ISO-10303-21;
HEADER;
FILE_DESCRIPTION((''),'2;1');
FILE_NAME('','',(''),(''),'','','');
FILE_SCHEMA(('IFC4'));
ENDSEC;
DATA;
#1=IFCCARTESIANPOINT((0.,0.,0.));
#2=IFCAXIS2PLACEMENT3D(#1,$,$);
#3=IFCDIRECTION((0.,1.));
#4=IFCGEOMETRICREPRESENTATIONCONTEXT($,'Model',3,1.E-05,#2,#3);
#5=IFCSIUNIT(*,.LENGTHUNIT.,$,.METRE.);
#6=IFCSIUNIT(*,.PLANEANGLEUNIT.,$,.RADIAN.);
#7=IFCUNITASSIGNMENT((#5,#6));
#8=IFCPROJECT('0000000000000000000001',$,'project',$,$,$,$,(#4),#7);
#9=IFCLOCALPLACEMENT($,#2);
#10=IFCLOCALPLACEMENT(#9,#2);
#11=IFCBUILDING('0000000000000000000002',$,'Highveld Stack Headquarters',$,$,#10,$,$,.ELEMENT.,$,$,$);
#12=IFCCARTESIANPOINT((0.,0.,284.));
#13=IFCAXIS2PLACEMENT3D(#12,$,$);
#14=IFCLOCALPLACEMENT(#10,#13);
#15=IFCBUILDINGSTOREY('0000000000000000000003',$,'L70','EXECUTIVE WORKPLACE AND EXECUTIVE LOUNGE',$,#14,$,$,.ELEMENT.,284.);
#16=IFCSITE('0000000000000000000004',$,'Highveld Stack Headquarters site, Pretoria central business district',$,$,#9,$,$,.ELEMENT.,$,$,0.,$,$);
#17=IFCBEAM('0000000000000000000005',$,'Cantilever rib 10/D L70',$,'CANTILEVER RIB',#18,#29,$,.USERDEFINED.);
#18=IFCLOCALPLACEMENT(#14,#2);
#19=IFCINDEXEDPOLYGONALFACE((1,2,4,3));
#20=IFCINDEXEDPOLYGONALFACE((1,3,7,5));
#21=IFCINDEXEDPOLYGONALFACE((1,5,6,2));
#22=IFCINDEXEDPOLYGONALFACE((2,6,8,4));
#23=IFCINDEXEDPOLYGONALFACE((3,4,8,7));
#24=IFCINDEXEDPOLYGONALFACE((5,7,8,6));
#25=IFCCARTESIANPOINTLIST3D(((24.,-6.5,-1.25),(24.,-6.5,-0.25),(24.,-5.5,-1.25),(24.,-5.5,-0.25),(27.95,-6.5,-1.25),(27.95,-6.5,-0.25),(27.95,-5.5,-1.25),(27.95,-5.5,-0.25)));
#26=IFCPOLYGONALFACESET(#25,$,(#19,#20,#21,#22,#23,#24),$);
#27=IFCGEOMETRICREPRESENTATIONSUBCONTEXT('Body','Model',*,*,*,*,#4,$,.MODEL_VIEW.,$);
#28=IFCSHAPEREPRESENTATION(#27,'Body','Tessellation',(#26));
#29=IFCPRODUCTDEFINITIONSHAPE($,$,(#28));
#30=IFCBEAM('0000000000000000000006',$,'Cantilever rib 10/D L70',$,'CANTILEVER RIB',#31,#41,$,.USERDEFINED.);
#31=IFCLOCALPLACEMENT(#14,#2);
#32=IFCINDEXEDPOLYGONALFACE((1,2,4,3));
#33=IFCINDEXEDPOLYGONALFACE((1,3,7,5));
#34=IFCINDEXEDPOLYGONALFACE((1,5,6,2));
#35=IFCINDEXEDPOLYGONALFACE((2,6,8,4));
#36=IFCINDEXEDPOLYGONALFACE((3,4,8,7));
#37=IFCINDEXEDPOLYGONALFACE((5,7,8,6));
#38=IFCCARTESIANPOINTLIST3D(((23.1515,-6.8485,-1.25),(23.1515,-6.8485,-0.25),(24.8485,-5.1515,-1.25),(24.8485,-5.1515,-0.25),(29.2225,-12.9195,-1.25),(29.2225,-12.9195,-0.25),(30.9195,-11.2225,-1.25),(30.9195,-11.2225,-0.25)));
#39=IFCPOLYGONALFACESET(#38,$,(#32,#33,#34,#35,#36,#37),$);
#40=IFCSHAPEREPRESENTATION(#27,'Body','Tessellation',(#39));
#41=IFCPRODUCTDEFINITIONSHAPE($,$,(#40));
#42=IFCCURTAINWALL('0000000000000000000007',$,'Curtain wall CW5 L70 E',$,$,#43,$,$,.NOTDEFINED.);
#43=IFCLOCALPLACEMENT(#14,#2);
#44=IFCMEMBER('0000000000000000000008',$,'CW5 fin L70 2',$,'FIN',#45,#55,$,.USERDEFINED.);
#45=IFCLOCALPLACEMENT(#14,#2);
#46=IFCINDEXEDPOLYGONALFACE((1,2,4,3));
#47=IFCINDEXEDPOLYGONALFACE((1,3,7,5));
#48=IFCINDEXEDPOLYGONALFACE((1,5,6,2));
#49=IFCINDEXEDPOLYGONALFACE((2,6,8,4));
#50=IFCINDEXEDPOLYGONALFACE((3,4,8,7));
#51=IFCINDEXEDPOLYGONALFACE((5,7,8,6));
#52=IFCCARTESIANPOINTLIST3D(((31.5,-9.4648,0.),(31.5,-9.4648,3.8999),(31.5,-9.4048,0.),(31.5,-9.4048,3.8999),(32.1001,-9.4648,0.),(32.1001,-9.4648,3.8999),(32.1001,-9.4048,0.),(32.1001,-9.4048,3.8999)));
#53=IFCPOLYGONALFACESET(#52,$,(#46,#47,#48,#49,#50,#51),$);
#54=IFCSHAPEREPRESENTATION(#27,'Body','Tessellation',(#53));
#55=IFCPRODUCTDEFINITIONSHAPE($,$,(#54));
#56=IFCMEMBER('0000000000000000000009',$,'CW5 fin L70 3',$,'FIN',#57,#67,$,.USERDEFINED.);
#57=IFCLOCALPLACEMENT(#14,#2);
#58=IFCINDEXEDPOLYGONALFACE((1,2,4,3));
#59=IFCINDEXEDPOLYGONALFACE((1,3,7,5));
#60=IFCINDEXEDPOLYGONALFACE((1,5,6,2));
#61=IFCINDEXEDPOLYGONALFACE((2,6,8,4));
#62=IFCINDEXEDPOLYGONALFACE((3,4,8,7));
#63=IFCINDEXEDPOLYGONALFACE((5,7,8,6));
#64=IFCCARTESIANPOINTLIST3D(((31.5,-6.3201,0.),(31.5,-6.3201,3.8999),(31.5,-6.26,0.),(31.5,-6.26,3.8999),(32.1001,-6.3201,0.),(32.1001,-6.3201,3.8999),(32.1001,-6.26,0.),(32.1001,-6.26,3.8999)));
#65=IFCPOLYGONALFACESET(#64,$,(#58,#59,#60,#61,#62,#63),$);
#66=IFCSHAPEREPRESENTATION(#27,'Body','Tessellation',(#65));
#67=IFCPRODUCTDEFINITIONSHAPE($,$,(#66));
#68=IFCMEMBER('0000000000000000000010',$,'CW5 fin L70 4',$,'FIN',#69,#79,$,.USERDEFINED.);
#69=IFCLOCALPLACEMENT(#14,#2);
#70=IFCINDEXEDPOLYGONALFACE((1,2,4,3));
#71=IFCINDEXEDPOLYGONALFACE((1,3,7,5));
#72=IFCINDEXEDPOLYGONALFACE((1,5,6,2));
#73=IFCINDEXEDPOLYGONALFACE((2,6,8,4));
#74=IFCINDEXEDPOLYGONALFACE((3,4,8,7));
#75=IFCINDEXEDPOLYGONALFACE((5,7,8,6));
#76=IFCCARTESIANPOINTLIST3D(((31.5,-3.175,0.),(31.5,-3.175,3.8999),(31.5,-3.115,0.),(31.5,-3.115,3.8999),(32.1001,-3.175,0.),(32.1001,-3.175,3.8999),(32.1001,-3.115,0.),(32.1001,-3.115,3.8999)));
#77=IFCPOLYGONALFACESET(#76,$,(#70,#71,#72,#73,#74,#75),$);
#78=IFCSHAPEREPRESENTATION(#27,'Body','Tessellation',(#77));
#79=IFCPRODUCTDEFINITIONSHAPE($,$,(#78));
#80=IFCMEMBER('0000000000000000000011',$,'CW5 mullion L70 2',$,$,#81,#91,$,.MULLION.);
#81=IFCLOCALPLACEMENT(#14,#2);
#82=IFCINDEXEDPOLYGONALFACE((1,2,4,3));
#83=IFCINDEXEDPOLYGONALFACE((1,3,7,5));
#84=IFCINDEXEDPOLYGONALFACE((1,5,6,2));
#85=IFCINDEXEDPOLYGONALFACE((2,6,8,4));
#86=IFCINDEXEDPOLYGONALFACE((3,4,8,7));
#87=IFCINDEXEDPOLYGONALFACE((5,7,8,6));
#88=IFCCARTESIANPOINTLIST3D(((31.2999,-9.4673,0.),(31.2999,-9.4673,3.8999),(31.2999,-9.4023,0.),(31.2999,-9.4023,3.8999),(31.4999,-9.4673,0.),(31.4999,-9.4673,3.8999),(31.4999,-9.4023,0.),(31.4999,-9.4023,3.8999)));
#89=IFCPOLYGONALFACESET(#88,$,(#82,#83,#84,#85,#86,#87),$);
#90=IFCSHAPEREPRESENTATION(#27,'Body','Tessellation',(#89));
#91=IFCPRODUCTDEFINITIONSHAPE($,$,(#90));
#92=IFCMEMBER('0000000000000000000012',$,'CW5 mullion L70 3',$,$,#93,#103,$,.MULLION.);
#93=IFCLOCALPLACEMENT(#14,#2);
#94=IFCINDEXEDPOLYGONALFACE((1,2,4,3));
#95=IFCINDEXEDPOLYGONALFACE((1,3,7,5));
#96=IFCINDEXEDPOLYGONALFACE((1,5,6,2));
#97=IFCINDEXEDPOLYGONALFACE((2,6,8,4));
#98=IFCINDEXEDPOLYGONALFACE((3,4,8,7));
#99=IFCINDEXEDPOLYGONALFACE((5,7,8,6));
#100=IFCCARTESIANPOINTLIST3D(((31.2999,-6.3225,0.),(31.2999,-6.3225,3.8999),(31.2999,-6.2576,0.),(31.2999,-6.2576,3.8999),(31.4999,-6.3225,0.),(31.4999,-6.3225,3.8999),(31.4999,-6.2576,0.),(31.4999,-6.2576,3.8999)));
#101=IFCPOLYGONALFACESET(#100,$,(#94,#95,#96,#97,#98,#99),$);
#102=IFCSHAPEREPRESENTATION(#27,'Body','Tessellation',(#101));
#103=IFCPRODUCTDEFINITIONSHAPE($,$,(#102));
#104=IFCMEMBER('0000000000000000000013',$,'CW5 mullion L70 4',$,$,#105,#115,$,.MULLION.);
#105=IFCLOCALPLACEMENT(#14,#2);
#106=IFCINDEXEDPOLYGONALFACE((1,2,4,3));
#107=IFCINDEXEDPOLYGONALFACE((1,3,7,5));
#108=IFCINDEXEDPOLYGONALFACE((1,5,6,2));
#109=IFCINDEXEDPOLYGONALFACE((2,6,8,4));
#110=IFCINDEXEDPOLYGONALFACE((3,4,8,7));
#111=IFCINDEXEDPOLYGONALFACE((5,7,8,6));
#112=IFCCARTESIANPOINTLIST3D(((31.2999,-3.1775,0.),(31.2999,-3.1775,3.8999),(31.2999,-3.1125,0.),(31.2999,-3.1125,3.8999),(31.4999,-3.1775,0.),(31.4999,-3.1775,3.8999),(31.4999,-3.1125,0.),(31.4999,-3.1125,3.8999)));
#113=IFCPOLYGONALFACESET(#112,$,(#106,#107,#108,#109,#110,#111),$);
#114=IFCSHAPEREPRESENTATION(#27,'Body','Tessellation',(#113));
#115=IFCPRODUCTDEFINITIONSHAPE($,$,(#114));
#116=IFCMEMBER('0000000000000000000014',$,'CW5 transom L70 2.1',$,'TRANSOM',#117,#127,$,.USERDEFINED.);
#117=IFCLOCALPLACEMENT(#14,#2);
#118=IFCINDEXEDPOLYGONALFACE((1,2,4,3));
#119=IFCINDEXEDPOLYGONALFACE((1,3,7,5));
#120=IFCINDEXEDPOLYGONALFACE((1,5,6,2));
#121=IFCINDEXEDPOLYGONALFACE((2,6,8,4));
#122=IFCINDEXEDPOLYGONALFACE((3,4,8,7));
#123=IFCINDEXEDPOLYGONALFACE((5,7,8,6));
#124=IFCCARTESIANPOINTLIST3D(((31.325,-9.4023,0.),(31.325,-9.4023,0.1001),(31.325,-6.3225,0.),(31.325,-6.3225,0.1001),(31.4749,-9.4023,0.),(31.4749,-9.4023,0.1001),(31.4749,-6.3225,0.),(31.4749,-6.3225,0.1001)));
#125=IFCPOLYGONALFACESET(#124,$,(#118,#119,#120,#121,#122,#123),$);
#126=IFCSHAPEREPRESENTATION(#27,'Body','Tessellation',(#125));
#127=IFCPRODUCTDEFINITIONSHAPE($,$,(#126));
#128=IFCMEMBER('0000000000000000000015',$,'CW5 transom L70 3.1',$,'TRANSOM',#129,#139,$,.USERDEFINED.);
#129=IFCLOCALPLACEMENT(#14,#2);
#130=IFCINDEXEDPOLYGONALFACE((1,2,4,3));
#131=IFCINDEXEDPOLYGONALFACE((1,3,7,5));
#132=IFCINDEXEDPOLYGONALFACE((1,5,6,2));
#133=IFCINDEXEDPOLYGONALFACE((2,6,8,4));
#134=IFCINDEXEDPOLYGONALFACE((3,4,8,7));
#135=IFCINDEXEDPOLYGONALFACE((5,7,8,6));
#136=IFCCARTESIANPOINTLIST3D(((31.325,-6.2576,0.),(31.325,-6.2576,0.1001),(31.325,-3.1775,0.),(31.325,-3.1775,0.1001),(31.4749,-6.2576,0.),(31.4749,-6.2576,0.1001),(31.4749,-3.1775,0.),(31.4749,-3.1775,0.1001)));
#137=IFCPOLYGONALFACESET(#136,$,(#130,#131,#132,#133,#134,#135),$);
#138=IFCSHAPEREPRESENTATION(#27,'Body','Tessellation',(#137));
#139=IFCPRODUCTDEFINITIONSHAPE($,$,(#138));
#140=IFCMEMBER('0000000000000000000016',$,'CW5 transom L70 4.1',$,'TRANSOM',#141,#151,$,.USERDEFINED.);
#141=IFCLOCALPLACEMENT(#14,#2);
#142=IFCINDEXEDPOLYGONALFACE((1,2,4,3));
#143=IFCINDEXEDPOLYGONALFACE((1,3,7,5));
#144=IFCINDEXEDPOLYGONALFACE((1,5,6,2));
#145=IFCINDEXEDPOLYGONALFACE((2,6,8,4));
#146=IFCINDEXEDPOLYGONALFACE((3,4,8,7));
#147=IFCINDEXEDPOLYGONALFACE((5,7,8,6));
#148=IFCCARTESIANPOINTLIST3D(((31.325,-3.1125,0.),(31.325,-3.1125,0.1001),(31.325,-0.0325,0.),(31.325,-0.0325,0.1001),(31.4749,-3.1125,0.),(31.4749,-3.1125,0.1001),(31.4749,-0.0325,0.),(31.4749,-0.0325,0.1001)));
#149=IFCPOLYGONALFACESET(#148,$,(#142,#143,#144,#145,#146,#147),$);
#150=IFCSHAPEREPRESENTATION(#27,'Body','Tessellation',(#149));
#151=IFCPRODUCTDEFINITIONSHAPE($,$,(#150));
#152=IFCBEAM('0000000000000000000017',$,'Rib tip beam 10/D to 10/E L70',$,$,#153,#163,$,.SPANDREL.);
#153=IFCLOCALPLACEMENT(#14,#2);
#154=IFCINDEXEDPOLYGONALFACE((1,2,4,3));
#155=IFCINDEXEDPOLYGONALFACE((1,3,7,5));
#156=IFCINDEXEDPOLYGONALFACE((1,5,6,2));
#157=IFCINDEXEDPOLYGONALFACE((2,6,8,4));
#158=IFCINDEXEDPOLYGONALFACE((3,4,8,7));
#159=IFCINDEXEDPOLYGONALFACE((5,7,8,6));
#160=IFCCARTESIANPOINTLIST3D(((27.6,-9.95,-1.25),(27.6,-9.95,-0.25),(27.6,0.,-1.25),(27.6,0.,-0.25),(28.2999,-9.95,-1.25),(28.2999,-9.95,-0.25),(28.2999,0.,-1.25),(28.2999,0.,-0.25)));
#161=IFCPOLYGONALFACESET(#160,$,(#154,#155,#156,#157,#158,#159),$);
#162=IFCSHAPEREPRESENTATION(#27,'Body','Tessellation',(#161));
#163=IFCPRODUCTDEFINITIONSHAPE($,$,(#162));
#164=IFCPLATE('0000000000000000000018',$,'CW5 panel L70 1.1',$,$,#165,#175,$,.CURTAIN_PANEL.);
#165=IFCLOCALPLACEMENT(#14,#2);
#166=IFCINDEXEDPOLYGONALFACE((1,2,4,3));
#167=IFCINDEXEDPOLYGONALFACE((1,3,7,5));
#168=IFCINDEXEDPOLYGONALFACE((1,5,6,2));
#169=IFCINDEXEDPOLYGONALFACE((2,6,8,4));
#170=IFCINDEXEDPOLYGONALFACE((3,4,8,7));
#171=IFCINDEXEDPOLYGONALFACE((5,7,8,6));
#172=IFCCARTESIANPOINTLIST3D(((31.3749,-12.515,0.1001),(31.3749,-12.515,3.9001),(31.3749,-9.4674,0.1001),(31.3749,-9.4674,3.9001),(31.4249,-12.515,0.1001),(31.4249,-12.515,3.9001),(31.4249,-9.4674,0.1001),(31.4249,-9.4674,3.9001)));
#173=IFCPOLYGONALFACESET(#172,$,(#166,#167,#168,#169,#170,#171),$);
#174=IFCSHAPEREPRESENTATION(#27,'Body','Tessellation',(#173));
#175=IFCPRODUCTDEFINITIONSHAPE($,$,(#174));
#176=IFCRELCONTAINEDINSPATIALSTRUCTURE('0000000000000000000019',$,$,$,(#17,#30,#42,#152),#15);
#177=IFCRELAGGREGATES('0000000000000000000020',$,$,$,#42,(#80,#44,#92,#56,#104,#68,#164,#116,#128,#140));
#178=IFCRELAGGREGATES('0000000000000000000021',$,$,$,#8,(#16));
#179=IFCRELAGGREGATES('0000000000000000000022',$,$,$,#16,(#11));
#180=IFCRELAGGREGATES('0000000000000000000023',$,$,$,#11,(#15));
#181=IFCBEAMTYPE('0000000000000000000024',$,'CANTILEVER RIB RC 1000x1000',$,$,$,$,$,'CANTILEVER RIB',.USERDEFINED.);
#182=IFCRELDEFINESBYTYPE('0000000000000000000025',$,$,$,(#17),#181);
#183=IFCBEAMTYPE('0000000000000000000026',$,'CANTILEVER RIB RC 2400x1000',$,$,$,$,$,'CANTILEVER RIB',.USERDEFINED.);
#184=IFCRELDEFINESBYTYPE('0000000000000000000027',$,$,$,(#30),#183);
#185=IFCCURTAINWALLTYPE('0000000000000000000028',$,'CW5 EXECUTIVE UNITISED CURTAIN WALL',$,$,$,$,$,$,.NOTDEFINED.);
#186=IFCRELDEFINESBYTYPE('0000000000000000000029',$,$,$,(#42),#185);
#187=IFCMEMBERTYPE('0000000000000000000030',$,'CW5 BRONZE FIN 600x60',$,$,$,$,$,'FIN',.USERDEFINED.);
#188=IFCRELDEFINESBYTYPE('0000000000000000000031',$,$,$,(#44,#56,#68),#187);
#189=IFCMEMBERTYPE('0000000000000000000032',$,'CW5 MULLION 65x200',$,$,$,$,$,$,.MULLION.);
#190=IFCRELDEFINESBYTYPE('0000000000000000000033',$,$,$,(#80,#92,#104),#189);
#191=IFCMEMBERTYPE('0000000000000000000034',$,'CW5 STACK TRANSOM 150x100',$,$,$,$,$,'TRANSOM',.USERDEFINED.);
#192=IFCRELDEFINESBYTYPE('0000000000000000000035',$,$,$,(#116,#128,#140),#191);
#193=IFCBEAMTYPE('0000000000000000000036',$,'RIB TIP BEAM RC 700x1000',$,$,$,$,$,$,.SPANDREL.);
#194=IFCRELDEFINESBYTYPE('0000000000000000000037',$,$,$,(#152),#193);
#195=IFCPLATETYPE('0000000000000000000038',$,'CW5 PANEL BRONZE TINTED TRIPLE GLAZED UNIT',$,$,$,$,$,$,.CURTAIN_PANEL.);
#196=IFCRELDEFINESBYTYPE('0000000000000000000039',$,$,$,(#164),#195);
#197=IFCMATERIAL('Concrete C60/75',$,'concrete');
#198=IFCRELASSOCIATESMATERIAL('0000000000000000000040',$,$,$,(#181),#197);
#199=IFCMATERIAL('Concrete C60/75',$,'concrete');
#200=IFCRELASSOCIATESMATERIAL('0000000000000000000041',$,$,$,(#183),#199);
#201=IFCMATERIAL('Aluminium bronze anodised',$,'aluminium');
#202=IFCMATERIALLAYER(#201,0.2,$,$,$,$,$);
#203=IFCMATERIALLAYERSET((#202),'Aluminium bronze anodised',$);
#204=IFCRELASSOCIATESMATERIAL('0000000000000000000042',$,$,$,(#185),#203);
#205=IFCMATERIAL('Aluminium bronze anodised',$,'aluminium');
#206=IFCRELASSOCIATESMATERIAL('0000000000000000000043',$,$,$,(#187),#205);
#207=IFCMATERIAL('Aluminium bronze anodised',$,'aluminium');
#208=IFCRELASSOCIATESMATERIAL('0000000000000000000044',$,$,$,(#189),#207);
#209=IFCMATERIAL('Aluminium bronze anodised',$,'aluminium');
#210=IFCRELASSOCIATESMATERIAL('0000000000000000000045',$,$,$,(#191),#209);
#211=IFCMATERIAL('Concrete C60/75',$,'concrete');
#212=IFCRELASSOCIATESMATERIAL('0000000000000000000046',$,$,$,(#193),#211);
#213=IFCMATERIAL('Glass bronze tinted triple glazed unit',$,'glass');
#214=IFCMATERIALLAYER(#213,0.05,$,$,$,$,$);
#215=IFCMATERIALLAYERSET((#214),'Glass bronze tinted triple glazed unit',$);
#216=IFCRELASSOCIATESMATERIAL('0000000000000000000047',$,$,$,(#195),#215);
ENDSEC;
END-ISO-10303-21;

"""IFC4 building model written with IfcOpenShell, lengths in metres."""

from ifc_helpers import new_model, si_unit, direction, frame, origin, origin_2d, place, context, subcontext, project, spatial, rectangle, extrude, material, layer, layer_set, material_profile, profile_set, type_object, element, aggregate, save


model = new_model("IFC4")

# Units and contexts
model_context = context("Model", 3, precision=1e-05, world=origin(), true_north=direction((0.0, 1.0)))
body_context = subcontext(model_context, "Body", "Model", "MODEL_VIEW")
ifc_project = project(units=[si_unit("LENGTHUNIT", "METRE"), si_unit("PLANEANGLEUNIT", "RADIAN")], contexts=[model_context])

# Site, building, storey
site_placement = place(None, origin())
site = spatial("IfcSite", under=ifc_project, at=site_placement, Name="Highveld Stack Headquarters site, Pretoria central business district", CompositionType="ELEMENT", RefElevation=0.0)
building_placement = place(site_placement, origin())
building = spatial("IfcBuilding", under=site, at=building_placement, Name="Highveld Stack Headquarters", CompositionType="ELEMENT")
storey_placement = place(building_placement, frame((0.0, 0.0, 284.0)))
storey = spatial("IfcBuildingStorey", under=building, at=storey_placement, Name="L70", Description="EXECUTIVE WORKPLACE AND EXECUTIVE LOUNGE", CompositionType="ELEMENT", Elevation=284.0)

# Beams
ifc_material_1 = material(Name="Concrete C60/75", Category="concrete")
ifc_material_profile_1 = material_profile(ifc_material_1, rectangle(XDim=1.0, YDim=1.0, at=origin_2d()), Name="RC 1000x1000")
ifc_profile_set_1 = profile_set([ifc_material_profile_1], Name="Concrete C60/75")
beam_type_1 = type_object("IfcBeamType", Name="CANTILEVER RIB RC 1000x1000", ElementType="CANTILEVER RIB", PredefinedType="USERDEFINED", material=ifc_profile_set_1)
beam_1_placement = place(storey_placement, frame((24.0, -6.0, -0.75), z_axis=(1.0, 0.0, 0.0), x_axis=(0.0, 1.0, 0.0)))
element("IfcBeam", 1, at=beam_1_placement, inside=storey, type_object=beam_type_1, Name="Cantilever rib 10/D L70", ObjectType="CANTILEVER RIB", PredefinedType="USERDEFINED", context=body_context, shape_type="SweptSolid", body=[
    extrude(rectangle(XDim=1.0, YDim=1.0, at=origin_2d()), origin(), (0.0, 0.0, 1.0), 3.95),
])
ifc_material_2 = material(Name="Concrete C60/75", Category="concrete")
ifc_material_profile_2 = material_profile(ifc_material_2, rectangle(XDim=2.3999, YDim=1.0, at=origin_2d()), Name="RC 2400x1000")
ifc_profile_set_2 = profile_set([ifc_material_profile_2], Name="Concrete C60/75")
beam_type_2 = type_object("IfcBeamType", Name="CANTILEVER RIB RC 2400x1000", ElementType="CANTILEVER RIB", PredefinedType="USERDEFINED", material=ifc_profile_set_2)
beam_2_placement = place(storey_placement, frame((24.0, -6.0, -0.75), z_axis=(0.707107, -0.707107, 0.0), x_axis=(0.707107, 0.707107, 0.0)))
element("IfcBeam", 2, at=beam_2_placement, inside=storey, type_object=beam_type_2, Name="Cantilever rib 10/D L70", ObjectType="CANTILEVER RIB", PredefinedType="USERDEFINED", context=body_context, shape_type="SweptSolid", body=[
    extrude(rectangle(XDim=2.3999, YDim=1.0, at=origin_2d()), origin(), (0.0, 0.0, 1.0), 8.5857),
])

# Curtain wall, members
ifc_material_3 = material(Name="Aluminium bronze anodised", Category="aluminium")
ifc_layer_1 = layer(ifc_material_3, 0.2)
ifc_layer_set_1 = layer_set([ifc_layer_1], Name="Aluminium bronze anodised")
curtain_wall_type = type_object("IfcCurtainWallType", Name="CW5 EXECUTIVE UNITISED CURTAIN WALL", PredefinedType="NOTDEFINED", material=ifc_layer_set_1)
curtain_wall_placement = place(storey_placement, origin())
curtain_wall = element("IfcCurtainWall", 3, at=curtain_wall_placement, inside=storey, type_object=curtain_wall_type, Name="Curtain wall CW5 L70 E", PredefinedType="NOTDEFINED")
ifc_material_4 = material(Name="Aluminium bronze anodised", Category="aluminium")
ifc_material_profile_3 = material_profile(ifc_material_4, rectangle(XDim=0.6001, YDim=0.0601, at=origin_2d()), Name="FIN 600x60")
ifc_profile_set_3 = profile_set([ifc_material_profile_3], Name="Aluminium bronze anodised")
member_type_1 = type_object("IfcMemberType", Name="CW5 BRONZE FIN 600x60", ElementType="FIN", PredefinedType="USERDEFINED", material=ifc_profile_set_3)
member_1_placement = place(storey_placement, frame((31.8, -9.4348, 0.0), z_axis=(0.0, 0.0, 1.0), x_axis=(-1.0, 0.0, 0.0)))
member_1 = element("IfcMember", 4, at=member_1_placement, type_object=member_type_1, Name="CW5 fin L70 2", ObjectType="FIN", PredefinedType="USERDEFINED", context=body_context, shape_type="SweptSolid", body=[
    extrude(rectangle(XDim=0.6001, YDim=0.0601, at=origin_2d()), origin(), (0.0, 0.0, 1.0), 3.8999),
])
member_2_placement = place(storey_placement, frame((31.8, -6.29, 0.0), z_axis=(0.0, 0.0, 1.0), x_axis=(-1.0, 0.0, 0.0)))
member_2 = element("IfcMember", 5, at=member_2_placement, type_object=member_type_1, Name="CW5 fin L70 3", ObjectType="FIN", PredefinedType="USERDEFINED", context=body_context, shape_type="SweptSolid", body=[
    extrude(rectangle(XDim=0.6001, YDim=0.0601, at=origin_2d()), origin(), (0.0, 0.0, 1.0), 3.8999),
])
member_3_placement = place(storey_placement, frame((31.8, -3.145, 0.0), z_axis=(0.0, 0.0, 1.0), x_axis=(-1.0, 0.0, 0.0)))
member_3 = element("IfcMember", 6, at=member_3_placement, type_object=member_type_1, Name="CW5 fin L70 4", ObjectType="FIN", PredefinedType="USERDEFINED", context=body_context, shape_type="SweptSolid", body=[
    extrude(rectangle(XDim=0.6001, YDim=0.0601, at=origin_2d()), origin(), (0.0, 0.0, 1.0), 3.8999),
])
ifc_material_5 = material(Name="Aluminium bronze anodised", Category="aluminium")
ifc_material_profile_4 = material_profile(ifc_material_5, rectangle(XDim=0.2, YDim=0.0649, at=origin_2d()), Name="CW5 MULLION 65x200")
ifc_profile_set_4 = profile_set([ifc_material_profile_4], Name="Aluminium bronze anodised")
member_type_2 = type_object("IfcMemberType", Name="CW5 MULLION 65x200", PredefinedType="MULLION", material=ifc_profile_set_4)
member_4_placement = place(storey_placement, frame((31.3999, -9.4348, 0.0), z_axis=(0.0, 0.0, 1.0), x_axis=(-1.0, 0.0, 0.0)))
member_4 = element("IfcMember", 7, at=member_4_placement, type_object=member_type_2, Name="CW5 mullion L70 2", PredefinedType="MULLION", context=body_context, shape_type="SweptSolid", body=[
    extrude(rectangle(XDim=0.2, YDim=0.0649, at=origin_2d()), origin(), (0.0, 0.0, 1.0), 3.8999),
])
member_5_placement = place(storey_placement, frame((31.3999, -6.29, 0.0), z_axis=(0.0, 0.0, 1.0), x_axis=(-1.0, 0.0, 0.0)))
member_5 = element("IfcMember", 8, at=member_5_placement, type_object=member_type_2, Name="CW5 mullion L70 3", PredefinedType="MULLION", context=body_context, shape_type="SweptSolid", body=[
    extrude(rectangle(XDim=0.2, YDim=0.0649, at=origin_2d()), origin(), (0.0, 0.0, 1.0), 3.8999),
])
member_6_placement = place(storey_placement, frame((31.3999, -3.145, 0.0), z_axis=(0.0, 0.0, 1.0), x_axis=(-1.0, 0.0, 0.0)))
member_6 = element("IfcMember", 9, at=member_6_placement, type_object=member_type_2, Name="CW5 mullion L70 4", PredefinedType="MULLION", context=body_context, shape_type="SweptSolid", body=[
    extrude(rectangle(XDim=0.2, YDim=0.0649, at=origin_2d()), origin(), (0.0, 0.0, 1.0), 3.8999),
])
ifc_material_6 = material(Name="Aluminium bronze anodised", Category="aluminium")
ifc_material_profile_5 = material_profile(ifc_material_6, rectangle(XDim=0.1499, YDim=0.1001, at=origin_2d()), Name="CW5 TRANSOM 150x100")
ifc_profile_set_5 = profile_set([ifc_material_profile_5], Name="Aluminium bronze anodised")
member_type_3 = type_object("IfcMemberType", Name="CW5 STACK TRANSOM 150x100", ElementType="TRANSOM", PredefinedType="USERDEFINED", material=ifc_profile_set_5)
member_7_placement = place(storey_placement, frame((31.3999, -9.4023, 0.05), z_axis=(0.0, 1.0, 0.0), x_axis=(-1.0, 0.0, 0.0)))
member_7 = element("IfcMember", 10, at=member_7_placement, type_object=member_type_3, Name="CW5 transom L70 2.1", ObjectType="TRANSOM", PredefinedType="USERDEFINED", context=body_context, shape_type="SweptSolid", body=[
    extrude(rectangle(XDim=0.1499, YDim=0.1001, at=origin_2d()), origin(), (0.0, 0.0, 1.0), 3.0798),
])
member_8_placement = place(storey_placement, frame((31.3999, -6.2576, 0.05), z_axis=(0.0, 1.0, 0.0), x_axis=(-1.0, 0.0, 0.0)))
member_8 = element("IfcMember", 11, at=member_8_placement, type_object=member_type_3, Name="CW5 transom L70 3.1", ObjectType="TRANSOM", PredefinedType="USERDEFINED", context=body_context, shape_type="SweptSolid", body=[
    extrude(rectangle(XDim=0.1499, YDim=0.1001, at=origin_2d()), origin(), (0.0, 0.0, 1.0), 3.0801),
])
member_9_placement = place(storey_placement, frame((31.3999, -3.1125, 0.05), z_axis=(0.0, 1.0, 0.0), x_axis=(-1.0, 0.0, 0.0)))
member_9 = element("IfcMember", 12, at=member_9_placement, type_object=member_type_3, Name="CW5 transom L70 4.1", ObjectType="TRANSOM", PredefinedType="USERDEFINED", context=body_context, shape_type="SweptSolid", body=[
    extrude(rectangle(XDim=0.1499, YDim=0.1001, at=origin_2d()), origin(), (0.0, 0.0, 1.0), 3.0801),
])

# Beam
ifc_material_7 = material(Name="Concrete C60/75", Category="concrete")
ifc_material_profile_6 = material_profile(ifc_material_7, rectangle(XDim=0.7, YDim=1.0, at=origin_2d()), Name="RC 700x1000")
ifc_profile_set_6 = profile_set([ifc_material_profile_6], Name="Concrete C60/75")
beam_type_3 = type_object("IfcBeamType", Name="RIB TIP BEAM RC 700x1000", PredefinedType="SPANDREL", material=ifc_profile_set_6)
beam_3_placement = place(storey_placement, frame((27.95, -9.95, -0.75), z_axis=(0.0, 1.0, 0.0), x_axis=(-1.0, 0.0, 0.0)))
element("IfcBeam", 13, at=beam_3_placement, inside=storey, type_object=beam_type_3, Name="Rib tip beam 10/D to 10/E L70", PredefinedType="SPANDREL", context=body_context, shape_type="SweptSolid", body=[
    extrude(rectangle(XDim=0.7, YDim=1.0, at=origin_2d()), origin(), (0.0, 0.0, 1.0), 9.95),
])

# Plate
ifc_material_8 = material(Name="Glass bronze tinted triple glazed unit", Category="glass")
ifc_layer_2 = layer(ifc_material_8, 0.05)
ifc_layer_set_2 = layer_set([ifc_layer_2], Name="Glass bronze tinted triple glazed unit")
plate_type = type_object("IfcPlateType", Name="CW5 PANEL BRONZE TINTED TRIPLE GLAZED UNIT", PredefinedType="CURTAIN_PANEL", material=ifc_layer_set_2)
plate_1_placement = place(storey_placement, frame((31.3999, -10.9912, 0.1001), z_axis=(0.0, 0.0, 1.0), x_axis=(0.0, 1.0, 0.0)))
plate_1 = element("IfcPlate", 14, at=plate_1_placement, type_object=plate_type, Name="CW5 panel L70 1.1", PredefinedType="CURTAIN_PANEL", context=body_context, shape_type="SweptSolid", body=[
    extrude(rectangle(XDim=3.0476, YDim=0.05, at=origin_2d()), origin(), (0.0, 0.0, 1.0), 3.8),
])
aggregate(curtain_wall, [member_4, member_1, member_5, member_2, member_6, member_3, plate_1, member_7, member_8, member_9])

save(model, "model.ifc")
